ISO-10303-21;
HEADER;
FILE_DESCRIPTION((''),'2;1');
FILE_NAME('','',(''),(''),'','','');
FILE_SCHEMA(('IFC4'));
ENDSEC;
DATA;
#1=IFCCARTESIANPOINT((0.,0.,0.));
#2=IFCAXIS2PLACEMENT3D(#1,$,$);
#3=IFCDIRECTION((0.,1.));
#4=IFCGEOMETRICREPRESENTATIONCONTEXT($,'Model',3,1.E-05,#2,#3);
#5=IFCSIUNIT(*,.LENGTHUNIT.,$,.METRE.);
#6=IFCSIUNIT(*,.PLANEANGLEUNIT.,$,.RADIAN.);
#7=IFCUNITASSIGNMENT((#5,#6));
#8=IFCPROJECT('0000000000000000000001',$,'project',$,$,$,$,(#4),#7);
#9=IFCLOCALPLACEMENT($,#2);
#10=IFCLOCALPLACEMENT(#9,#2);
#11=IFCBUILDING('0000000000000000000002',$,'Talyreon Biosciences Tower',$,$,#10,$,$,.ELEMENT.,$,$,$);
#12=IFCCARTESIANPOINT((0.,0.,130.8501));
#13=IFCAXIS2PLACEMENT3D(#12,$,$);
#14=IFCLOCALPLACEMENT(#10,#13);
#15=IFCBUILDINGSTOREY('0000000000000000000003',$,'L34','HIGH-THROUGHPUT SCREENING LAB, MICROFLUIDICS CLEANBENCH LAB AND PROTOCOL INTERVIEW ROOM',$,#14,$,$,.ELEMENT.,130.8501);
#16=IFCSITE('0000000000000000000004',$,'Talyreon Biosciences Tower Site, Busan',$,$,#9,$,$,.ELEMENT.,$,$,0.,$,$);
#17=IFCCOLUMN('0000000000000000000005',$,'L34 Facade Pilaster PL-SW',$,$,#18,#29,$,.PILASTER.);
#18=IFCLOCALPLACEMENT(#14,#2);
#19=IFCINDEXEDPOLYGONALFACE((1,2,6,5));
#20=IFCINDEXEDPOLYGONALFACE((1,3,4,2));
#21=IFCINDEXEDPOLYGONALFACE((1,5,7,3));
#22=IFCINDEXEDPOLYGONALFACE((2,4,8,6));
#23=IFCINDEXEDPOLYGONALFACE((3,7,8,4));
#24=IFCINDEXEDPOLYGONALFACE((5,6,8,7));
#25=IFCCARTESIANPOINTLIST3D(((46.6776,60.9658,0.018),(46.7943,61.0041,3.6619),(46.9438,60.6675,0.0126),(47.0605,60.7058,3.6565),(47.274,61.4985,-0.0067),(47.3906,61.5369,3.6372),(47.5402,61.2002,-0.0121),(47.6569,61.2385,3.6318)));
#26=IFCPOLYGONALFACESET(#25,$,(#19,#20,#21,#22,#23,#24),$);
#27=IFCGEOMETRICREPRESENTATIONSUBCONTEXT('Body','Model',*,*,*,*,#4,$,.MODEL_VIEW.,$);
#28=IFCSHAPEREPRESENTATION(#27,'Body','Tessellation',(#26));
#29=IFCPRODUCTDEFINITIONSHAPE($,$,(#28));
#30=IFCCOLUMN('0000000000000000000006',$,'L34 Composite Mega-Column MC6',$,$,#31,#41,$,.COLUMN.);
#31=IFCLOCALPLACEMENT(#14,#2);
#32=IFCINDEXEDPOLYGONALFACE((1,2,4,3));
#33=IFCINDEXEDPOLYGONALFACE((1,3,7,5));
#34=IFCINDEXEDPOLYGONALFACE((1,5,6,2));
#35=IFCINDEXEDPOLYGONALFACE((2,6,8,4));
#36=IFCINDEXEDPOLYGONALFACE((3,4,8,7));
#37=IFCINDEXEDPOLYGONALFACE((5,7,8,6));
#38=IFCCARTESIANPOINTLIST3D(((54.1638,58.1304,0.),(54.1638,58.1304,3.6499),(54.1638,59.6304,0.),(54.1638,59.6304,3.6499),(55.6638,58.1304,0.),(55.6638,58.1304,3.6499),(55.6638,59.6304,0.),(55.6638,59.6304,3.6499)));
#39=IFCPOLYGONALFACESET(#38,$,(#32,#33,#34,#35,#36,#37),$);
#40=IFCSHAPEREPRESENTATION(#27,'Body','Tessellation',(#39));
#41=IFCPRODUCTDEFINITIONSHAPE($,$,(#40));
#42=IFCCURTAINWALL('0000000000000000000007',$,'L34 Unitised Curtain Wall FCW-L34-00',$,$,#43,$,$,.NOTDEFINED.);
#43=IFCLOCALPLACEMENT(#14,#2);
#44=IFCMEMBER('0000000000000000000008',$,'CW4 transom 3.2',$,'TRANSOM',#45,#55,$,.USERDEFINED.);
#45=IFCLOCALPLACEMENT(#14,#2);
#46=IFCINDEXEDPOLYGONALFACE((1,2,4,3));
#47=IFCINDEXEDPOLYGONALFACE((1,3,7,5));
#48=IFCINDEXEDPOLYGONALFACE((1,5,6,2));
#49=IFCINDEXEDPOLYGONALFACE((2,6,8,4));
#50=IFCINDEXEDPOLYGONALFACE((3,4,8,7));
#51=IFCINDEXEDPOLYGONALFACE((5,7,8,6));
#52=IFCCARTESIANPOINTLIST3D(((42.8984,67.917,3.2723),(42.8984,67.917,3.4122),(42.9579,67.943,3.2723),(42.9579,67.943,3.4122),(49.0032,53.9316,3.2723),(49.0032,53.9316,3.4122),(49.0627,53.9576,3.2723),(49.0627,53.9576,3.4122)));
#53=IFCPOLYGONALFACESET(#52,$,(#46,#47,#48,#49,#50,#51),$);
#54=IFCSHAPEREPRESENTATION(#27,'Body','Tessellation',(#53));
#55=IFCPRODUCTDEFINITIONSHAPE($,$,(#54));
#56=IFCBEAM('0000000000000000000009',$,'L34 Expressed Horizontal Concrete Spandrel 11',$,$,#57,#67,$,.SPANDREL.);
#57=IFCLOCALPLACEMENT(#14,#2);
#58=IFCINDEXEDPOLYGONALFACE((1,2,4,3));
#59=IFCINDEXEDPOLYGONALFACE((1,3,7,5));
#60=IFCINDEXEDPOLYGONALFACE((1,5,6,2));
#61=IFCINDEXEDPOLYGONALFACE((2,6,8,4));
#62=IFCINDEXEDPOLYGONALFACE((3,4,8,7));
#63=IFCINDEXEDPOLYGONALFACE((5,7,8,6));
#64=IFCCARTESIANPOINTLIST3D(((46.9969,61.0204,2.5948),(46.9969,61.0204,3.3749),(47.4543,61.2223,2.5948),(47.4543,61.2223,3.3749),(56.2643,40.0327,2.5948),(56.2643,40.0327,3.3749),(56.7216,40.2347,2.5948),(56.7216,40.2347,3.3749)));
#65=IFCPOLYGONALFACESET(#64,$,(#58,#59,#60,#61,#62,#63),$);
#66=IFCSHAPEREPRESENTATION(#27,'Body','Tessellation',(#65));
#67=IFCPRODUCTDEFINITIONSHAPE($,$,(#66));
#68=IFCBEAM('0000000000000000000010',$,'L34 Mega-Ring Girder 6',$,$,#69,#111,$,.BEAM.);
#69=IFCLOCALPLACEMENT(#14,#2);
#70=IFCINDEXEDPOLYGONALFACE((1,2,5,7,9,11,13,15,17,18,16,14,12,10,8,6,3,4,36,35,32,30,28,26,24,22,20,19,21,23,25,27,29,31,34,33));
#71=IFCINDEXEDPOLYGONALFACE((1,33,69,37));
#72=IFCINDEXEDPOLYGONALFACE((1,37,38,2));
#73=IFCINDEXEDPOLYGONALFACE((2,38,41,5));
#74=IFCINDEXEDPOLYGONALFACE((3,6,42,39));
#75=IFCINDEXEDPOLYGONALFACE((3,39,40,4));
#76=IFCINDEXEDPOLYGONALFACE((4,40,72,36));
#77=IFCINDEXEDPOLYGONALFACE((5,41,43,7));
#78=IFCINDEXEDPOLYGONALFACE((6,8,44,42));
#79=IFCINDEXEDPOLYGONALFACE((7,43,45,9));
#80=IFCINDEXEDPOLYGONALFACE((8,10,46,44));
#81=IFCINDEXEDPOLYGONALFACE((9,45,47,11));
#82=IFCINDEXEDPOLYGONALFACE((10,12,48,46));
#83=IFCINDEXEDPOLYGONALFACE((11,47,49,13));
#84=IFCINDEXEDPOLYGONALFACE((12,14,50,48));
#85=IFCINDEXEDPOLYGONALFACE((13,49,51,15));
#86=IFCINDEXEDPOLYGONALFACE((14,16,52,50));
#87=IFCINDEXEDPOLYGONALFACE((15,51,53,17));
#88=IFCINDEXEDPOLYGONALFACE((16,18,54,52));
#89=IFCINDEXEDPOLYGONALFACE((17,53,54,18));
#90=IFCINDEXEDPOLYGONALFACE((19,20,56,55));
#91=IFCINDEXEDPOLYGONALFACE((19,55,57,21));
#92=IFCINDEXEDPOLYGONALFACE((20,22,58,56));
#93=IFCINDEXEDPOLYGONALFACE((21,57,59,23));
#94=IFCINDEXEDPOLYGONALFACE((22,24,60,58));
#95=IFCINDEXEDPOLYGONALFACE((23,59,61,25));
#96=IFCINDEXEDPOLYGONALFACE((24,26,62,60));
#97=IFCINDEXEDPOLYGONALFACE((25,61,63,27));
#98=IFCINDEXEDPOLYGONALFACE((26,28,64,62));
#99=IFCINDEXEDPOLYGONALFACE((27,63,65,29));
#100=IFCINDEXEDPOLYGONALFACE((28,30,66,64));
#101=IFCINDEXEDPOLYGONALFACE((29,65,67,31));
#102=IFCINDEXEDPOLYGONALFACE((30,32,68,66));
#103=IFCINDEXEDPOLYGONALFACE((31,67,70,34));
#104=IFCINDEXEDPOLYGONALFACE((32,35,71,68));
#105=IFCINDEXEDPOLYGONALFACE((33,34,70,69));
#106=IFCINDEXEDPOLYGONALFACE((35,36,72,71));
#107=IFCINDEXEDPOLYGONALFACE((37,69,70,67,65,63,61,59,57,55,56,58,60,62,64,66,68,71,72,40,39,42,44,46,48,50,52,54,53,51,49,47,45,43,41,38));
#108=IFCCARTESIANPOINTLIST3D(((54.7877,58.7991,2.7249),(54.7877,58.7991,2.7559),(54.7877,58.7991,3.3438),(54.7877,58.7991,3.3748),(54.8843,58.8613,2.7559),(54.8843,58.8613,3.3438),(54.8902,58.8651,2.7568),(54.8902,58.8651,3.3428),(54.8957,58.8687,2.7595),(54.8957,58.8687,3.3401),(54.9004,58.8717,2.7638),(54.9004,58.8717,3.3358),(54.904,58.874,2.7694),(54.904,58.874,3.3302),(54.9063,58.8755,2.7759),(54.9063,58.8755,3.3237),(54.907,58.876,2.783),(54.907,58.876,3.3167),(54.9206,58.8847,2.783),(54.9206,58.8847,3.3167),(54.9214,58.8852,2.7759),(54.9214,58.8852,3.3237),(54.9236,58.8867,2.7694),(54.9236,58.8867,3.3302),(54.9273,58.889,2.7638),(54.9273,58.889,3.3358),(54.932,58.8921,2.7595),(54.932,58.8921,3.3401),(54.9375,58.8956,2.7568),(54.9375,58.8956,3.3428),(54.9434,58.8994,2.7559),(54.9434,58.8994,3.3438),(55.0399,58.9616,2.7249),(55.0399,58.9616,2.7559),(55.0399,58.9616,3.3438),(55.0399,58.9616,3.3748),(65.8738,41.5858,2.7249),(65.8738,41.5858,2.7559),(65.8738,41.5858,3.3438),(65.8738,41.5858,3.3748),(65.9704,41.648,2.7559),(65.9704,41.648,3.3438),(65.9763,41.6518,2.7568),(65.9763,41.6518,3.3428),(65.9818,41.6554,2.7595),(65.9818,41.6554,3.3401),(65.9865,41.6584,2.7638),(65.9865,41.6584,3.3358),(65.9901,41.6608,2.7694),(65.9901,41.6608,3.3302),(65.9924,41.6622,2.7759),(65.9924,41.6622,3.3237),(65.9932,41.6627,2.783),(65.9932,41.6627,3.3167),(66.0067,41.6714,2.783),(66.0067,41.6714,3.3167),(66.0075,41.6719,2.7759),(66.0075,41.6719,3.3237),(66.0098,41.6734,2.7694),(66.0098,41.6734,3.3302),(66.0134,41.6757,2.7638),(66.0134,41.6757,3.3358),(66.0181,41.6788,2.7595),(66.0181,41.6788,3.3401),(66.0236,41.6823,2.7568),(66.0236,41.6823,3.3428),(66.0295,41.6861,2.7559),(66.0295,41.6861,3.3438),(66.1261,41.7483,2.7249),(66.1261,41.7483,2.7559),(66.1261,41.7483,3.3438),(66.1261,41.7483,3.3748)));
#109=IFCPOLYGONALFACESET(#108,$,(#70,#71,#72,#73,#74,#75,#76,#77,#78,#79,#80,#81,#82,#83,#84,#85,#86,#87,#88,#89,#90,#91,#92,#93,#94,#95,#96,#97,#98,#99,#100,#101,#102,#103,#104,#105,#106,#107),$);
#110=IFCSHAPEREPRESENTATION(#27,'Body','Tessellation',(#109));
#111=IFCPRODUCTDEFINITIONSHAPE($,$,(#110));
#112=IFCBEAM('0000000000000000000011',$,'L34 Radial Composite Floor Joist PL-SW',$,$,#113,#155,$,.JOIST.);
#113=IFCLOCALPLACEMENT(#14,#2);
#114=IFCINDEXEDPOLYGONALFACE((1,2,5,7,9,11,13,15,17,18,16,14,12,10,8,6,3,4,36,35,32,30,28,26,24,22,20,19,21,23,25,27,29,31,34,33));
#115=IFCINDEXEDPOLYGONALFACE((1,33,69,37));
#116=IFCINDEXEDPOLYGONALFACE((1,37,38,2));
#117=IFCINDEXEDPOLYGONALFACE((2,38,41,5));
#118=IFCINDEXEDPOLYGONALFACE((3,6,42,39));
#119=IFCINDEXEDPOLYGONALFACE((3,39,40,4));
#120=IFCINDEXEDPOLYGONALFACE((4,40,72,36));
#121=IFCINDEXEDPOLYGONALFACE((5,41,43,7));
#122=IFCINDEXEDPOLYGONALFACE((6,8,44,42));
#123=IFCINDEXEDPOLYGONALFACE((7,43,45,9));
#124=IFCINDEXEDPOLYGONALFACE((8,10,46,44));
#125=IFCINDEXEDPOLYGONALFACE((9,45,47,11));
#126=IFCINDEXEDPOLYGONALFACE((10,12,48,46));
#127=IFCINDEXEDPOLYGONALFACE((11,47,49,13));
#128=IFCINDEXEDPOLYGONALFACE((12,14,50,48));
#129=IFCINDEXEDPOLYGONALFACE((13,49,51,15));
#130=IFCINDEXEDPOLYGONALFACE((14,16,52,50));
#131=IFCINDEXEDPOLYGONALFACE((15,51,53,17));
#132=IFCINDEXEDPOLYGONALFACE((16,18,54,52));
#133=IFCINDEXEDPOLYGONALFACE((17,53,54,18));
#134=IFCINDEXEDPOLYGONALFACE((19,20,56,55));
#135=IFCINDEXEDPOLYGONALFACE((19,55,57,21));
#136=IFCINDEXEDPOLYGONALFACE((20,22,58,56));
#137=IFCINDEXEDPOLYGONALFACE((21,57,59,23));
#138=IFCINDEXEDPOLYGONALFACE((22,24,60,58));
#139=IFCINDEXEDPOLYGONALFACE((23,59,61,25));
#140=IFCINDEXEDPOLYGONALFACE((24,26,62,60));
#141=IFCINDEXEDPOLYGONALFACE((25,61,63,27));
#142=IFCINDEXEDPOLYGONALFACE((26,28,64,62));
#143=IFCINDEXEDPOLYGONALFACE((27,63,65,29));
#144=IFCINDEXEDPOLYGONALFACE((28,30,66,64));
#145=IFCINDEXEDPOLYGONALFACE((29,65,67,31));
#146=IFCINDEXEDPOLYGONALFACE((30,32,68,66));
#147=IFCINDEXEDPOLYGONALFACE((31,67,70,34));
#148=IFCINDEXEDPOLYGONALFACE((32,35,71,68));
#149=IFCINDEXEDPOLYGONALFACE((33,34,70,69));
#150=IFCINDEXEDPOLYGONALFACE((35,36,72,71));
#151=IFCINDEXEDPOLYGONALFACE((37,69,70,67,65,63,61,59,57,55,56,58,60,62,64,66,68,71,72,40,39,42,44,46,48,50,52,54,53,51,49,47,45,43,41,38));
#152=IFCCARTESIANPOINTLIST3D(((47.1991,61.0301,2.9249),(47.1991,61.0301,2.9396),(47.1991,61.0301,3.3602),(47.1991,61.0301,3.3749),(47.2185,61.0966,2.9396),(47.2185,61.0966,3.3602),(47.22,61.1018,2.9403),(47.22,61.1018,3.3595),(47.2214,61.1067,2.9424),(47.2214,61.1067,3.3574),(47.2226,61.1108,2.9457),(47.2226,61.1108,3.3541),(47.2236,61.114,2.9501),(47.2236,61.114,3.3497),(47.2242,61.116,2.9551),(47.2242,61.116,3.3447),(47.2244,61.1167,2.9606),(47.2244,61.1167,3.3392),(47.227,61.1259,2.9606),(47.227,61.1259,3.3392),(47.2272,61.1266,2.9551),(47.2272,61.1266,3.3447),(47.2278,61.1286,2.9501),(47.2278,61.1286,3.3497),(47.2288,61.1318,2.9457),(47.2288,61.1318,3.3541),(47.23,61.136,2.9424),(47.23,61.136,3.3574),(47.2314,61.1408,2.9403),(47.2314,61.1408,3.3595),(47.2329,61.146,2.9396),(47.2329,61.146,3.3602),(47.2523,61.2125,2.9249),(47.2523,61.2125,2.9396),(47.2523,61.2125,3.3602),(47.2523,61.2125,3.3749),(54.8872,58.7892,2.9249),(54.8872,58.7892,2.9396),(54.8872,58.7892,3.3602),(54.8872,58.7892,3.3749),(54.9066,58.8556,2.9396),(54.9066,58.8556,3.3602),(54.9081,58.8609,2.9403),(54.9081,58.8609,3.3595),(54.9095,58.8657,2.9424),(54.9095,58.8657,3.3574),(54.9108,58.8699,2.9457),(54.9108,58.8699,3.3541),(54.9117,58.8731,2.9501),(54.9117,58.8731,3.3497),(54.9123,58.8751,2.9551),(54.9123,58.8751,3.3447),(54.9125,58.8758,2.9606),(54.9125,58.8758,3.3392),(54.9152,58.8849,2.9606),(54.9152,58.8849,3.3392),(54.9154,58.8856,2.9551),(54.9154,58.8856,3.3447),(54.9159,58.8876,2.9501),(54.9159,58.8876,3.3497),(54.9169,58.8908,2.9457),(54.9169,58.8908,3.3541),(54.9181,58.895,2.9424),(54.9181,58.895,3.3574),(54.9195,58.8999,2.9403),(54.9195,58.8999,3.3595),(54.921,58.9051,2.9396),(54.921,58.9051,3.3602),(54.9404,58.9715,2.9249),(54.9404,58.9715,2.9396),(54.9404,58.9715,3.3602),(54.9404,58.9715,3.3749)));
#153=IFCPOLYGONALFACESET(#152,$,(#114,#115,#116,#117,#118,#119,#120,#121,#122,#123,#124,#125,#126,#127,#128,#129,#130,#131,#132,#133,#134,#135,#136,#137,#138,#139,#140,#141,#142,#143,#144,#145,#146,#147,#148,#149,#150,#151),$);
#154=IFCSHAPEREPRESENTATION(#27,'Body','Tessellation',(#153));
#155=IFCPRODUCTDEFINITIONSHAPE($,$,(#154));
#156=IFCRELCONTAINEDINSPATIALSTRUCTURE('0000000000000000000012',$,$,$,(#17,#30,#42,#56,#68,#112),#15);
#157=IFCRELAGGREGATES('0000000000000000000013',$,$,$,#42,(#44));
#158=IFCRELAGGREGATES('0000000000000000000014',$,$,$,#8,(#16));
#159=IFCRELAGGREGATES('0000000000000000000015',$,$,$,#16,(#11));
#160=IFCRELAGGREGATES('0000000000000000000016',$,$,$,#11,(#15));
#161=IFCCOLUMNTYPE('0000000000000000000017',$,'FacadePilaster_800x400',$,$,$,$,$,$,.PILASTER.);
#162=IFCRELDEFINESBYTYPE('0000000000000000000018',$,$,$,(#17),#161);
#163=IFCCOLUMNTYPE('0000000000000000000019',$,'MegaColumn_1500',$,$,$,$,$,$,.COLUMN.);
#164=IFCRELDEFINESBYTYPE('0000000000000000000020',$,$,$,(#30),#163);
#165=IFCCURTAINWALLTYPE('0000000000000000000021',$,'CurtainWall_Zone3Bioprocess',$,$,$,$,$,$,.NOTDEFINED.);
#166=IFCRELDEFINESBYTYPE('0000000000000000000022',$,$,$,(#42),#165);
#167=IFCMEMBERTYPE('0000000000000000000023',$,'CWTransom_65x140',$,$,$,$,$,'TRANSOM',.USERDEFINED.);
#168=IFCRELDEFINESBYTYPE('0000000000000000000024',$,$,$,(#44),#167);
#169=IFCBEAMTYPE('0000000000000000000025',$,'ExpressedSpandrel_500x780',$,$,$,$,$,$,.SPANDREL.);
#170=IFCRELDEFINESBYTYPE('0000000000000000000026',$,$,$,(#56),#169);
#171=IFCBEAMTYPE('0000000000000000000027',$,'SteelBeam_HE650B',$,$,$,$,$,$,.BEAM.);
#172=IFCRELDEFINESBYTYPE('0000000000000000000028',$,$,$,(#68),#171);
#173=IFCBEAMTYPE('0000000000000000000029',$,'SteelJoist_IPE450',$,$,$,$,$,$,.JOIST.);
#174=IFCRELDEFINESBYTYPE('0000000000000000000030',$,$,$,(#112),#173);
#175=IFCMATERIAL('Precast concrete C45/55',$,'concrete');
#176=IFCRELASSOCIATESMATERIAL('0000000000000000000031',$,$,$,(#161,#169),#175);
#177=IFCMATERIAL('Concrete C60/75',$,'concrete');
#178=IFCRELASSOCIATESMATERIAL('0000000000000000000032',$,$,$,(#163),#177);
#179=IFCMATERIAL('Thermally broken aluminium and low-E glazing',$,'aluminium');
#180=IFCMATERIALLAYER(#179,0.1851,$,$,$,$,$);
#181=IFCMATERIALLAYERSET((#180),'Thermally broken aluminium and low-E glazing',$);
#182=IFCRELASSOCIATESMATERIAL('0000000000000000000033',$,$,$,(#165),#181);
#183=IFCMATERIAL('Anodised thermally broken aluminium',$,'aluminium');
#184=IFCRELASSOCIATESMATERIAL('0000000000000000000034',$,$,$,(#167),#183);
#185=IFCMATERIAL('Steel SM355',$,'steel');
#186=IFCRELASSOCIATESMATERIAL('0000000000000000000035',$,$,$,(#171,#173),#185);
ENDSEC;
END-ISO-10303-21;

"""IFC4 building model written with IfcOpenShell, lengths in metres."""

from ifc_helpers import new_model, si_unit, direction, frame, origin, origin_2d, place, context, subcontext, project, spatial, rectangle, i_section, extrude, material, layer, layer_set, material_profile, profile_set, type_object, element, aggregate, save


model = new_model("IFC4")

# Units and contexts
model_context = context("Model", 3, precision=1e-05, world=origin(), true_north=direction((0.0, 1.0)))
body_context = subcontext(model_context, "Body", "Model", "MODEL_VIEW")
ifc_project = project(units=[si_unit("LENGTHUNIT", "METRE"), si_unit("PLANEANGLEUNIT", "RADIAN")], contexts=[model_context])

# Site, building, storey
site_placement = place(None, origin())
site = spatial("IfcSite", under=ifc_project, at=site_placement, Name="Talyreon Biosciences Tower Site, Busan", CompositionType="ELEMENT", RefElevation=0.0)
building_placement = place(site_placement, origin())
building = spatial("IfcBuilding", under=site, at=building_placement, Name="Talyreon Biosciences Tower", CompositionType="ELEMENT")
storey_placement = place(building_placement, frame((0.0, 0.0, 130.8501)))
storey = spatial("IfcBuildingStorey", under=building, at=storey_placement, Name="L34", Description="HIGH-THROUGHPUT SCREENING LAB, MICROFLUIDICS CLEANBENCH LAB AND PROTOCOL INTERVIEW ROOM", CompositionType="ELEMENT", Elevation=130.8501)

# Columns
ifc_material_1 = material(Name="Precast concrete C45/55", Category="concrete")
ifc_material_profile_1 = material_profile(ifc_material_1, rectangle(XDim=0.8, YDim=0.3999, at=origin_2d()), Name="RC 800x400")
ifc_profile_set_1 = profile_set([ifc_material_profile_1], Name="Precast concrete C45/55")
column_type_1 = type_object("IfcColumnType", Name="FacadePilaster_800x400", PredefinedType="PILASTER", material=ifc_profile_set_1)
column_1_placement = place(storey_placement, frame((47.1089, 61.083, 0.0029), z_axis=(0.032006, 0.010513, 0.999432), x_axis=(0.745437, 0.665861, -0.030876)))
element("IfcColumn", 1, at=column_1_placement, inside=storey, type_object=column_type_1, Name="L34 Facade Pilaster PL-SW", PredefinedType="PILASTER", context=body_context, shape_type="SweptSolid", body=[
    extrude(rectangle(XDim=0.8, YDim=0.3999, at=origin_2d()), origin(), (0.0, 0.0, 1.0), 3.646),
])
ifc_material_2 = material(Name="Concrete C60/75", Category="concrete")
ifc_material_profile_2 = material_profile(ifc_material_2, rectangle(XDim=1.5, YDim=1.5, at=origin_2d()), Name="RC 1500x1500")
ifc_profile_set_2 = profile_set([ifc_material_profile_2], Name="Concrete C60/75")
column_type_2 = type_object("IfcColumnType", Name="MegaColumn_1500", PredefinedType="COLUMN", material=ifc_profile_set_2)
column_2_placement = place(storey_placement, frame((54.9138, 58.8804, 0.0), z_axis=(0.0, 0.0, 1.0), x_axis=(1.0, 0.0, 0.0)))
element("IfcColumn", 2, at=column_2_placement, inside=storey, type_object=column_type_2, Name="L34 Composite Mega-Column MC6", PredefinedType="COLUMN", context=body_context, shape_type="SweptSolid", body=[
    extrude(rectangle(XDim=1.5, YDim=1.5, at=origin_2d()), origin(), (0.0, 0.0, 1.0), 3.6499),
])

# Curtain wall, member
ifc_material_3 = material(Name="Thermally broken aluminium and low-E glazing", Category="aluminium")
ifc_layer_1 = layer(ifc_material_3, 0.1851)
ifc_layer_set_1 = layer_set([ifc_layer_1], Name="Thermally broken aluminium and low-E glazing")
curtain_wall_type = type_object("IfcCurtainWallType", Name="CurtainWall_Zone3Bioprocess", PredefinedType="NOTDEFINED", material=ifc_layer_set_1)
curtain_wall_placement = place(storey_placement, origin())
curtain_wall = element("IfcCurtainWall", 3, at=curtain_wall_placement, inside=storey, type_object=curtain_wall_type, Name="L34 Unitised Curtain Wall FCW-L34-00", PredefinedType="NOTDEFINED")
ifc_material_4 = material(Name="Anodised thermally broken aluminium", Category="aluminium")
ifc_material_profile_3 = material_profile(ifc_material_4, rectangle(XDim=0.0649, YDim=0.1399, at=origin_2d()), Name="ALUM TRANSOM 65x140")
ifc_profile_set_3 = profile_set([ifc_material_profile_3], Name="Anodised thermally broken aluminium")
member_type = type_object("IfcMemberType", Name="CWTransom_65x140", ElementType="TRANSOM", PredefinedType="USERDEFINED", material=ifc_profile_set_3)
member_placement = place(storey_placement, frame((49.033, 53.9446, 3.3423), z_axis=(-0.400057, 0.91649, 0.0), x_axis=(-0.91649, -0.400057, 0.0)))
member = element("IfcMember", 4, at=member_placement, type_object=member_type, Name="CW4 transom 3.2", ObjectType="TRANSOM", PredefinedType="USERDEFINED", context=body_context, shape_type="SweptSolid", body=[
    extrude(rectangle(XDim=0.0649, YDim=0.1399, at=origin_2d()), origin(), (0.0, 0.0, 1.0), 15.2598),
])

# Beams
ifc_material_profile_4 = material_profile(ifc_material_1, rectangle(XDim=0.5, YDim=0.78, at=origin_2d()), Name="RCB 500x780")
ifc_profile_set_4 = profile_set([ifc_material_profile_4], Name="Precast concrete C45/55")
beam_type_1 = type_object("IfcBeamType", Name="ExpressedSpandrel_500x780", PredefinedType="SPANDREL", material=ifc_profile_set_4)
beam_1_placement = place(storey_placement, frame((47.2256, 61.1213, 2.9849), z_axis=(0.403936, -0.914787, 0.0), x_axis=(0.914787, 0.403936, 0.0)))
element("IfcBeam", 5, at=beam_1_placement, inside=storey, type_object=beam_type_1, Name="L34 Expressed Horizontal Concrete Spandrel 11", PredefinedType="SPANDREL", context=body_context, shape_type="SweptSolid", body=[
    extrude(rectangle(XDim=0.5, YDim=0.78, at=origin_2d()), origin(), (0.0, 0.0, 1.0), 22.9426),
])
ifc_material_5 = material(Name="Steel SM355", Category="steel")
ifc_material_profile_5 = material_profile(ifc_material_5, i_section(OverallWidth=0.3, OverallDepth=0.6499, WebThickness=0.0161, FlangeThickness=0.031, FilletRadius=0.0271, at=origin_2d()), Name="HE650B")
ifc_profile_set_5 = profile_set([ifc_material_profile_5], Name="Steel SM355")
beam_type_2 = type_object("IfcBeamType", Name="SteelBeam_HE650B", PredefinedType="BEAM", material=ifc_profile_set_5)
beam_2_placement = place(storey_placement, frame((54.9138, 58.8804, 3.0498), z_axis=(0.541464, -0.840724, 0.0), x_axis=(0.840724, 0.541464, 0.0)))
element("IfcBeam", 6, at=beam_2_placement, inside=storey, type_object=beam_type_2, Name="L34 Mega-Ring Girder 6", PredefinedType="BEAM", context=body_context, shape_type="SweptSolid", body=[
    extrude(i_section(OverallWidth=0.3, OverallDepth=0.6499, WebThickness=0.0161, FlangeThickness=0.031, FilletRadius=0.0271, at=origin_2d()), origin(), (0.0, 0.0, 1.0), 20.4744),
])
ifc_material_profile_6 = material_profile(ifc_material_5, i_section(OverallWidth=0.1899, OverallDepth=0.45, WebThickness=0.0095, FlangeThickness=0.0146, FilletRadius=0.021, at=origin_2d()), Name="IPE450")
ifc_profile_set_6 = profile_set([ifc_material_profile_6], Name="Steel SM355")
beam_type_3 = type_object("IfcBeamType", Name="SteelJoist_IPE450", PredefinedType="JOIST", material=ifc_profile_set_6)
beam_3_placement = place(storey_placement, frame((54.9138, 58.8804, 3.1499), z_axis=(-0.960048, 0.279835, 0.0), x_axis=(-0.279835, -0.960048, 0.0)))
element("IfcBeam", 7, at=beam_3_placement, inside=storey, type_object=beam_type_3, Name="L34 Radial Composite Floor Joist PL-SW", PredefinedType="JOIST", context=body_context, shape_type="SweptSolid", body=[
    extrude(i_section(OverallWidth=0.1899, OverallDepth=0.45, WebThickness=0.0095, FlangeThickness=0.0146, FilletRadius=0.021, at=origin_2d()), origin(), (0.0, 0.0, 1.0), 8.0081),
])

aggregate(curtain_wall, [member])

save(model, "model.ifc")
